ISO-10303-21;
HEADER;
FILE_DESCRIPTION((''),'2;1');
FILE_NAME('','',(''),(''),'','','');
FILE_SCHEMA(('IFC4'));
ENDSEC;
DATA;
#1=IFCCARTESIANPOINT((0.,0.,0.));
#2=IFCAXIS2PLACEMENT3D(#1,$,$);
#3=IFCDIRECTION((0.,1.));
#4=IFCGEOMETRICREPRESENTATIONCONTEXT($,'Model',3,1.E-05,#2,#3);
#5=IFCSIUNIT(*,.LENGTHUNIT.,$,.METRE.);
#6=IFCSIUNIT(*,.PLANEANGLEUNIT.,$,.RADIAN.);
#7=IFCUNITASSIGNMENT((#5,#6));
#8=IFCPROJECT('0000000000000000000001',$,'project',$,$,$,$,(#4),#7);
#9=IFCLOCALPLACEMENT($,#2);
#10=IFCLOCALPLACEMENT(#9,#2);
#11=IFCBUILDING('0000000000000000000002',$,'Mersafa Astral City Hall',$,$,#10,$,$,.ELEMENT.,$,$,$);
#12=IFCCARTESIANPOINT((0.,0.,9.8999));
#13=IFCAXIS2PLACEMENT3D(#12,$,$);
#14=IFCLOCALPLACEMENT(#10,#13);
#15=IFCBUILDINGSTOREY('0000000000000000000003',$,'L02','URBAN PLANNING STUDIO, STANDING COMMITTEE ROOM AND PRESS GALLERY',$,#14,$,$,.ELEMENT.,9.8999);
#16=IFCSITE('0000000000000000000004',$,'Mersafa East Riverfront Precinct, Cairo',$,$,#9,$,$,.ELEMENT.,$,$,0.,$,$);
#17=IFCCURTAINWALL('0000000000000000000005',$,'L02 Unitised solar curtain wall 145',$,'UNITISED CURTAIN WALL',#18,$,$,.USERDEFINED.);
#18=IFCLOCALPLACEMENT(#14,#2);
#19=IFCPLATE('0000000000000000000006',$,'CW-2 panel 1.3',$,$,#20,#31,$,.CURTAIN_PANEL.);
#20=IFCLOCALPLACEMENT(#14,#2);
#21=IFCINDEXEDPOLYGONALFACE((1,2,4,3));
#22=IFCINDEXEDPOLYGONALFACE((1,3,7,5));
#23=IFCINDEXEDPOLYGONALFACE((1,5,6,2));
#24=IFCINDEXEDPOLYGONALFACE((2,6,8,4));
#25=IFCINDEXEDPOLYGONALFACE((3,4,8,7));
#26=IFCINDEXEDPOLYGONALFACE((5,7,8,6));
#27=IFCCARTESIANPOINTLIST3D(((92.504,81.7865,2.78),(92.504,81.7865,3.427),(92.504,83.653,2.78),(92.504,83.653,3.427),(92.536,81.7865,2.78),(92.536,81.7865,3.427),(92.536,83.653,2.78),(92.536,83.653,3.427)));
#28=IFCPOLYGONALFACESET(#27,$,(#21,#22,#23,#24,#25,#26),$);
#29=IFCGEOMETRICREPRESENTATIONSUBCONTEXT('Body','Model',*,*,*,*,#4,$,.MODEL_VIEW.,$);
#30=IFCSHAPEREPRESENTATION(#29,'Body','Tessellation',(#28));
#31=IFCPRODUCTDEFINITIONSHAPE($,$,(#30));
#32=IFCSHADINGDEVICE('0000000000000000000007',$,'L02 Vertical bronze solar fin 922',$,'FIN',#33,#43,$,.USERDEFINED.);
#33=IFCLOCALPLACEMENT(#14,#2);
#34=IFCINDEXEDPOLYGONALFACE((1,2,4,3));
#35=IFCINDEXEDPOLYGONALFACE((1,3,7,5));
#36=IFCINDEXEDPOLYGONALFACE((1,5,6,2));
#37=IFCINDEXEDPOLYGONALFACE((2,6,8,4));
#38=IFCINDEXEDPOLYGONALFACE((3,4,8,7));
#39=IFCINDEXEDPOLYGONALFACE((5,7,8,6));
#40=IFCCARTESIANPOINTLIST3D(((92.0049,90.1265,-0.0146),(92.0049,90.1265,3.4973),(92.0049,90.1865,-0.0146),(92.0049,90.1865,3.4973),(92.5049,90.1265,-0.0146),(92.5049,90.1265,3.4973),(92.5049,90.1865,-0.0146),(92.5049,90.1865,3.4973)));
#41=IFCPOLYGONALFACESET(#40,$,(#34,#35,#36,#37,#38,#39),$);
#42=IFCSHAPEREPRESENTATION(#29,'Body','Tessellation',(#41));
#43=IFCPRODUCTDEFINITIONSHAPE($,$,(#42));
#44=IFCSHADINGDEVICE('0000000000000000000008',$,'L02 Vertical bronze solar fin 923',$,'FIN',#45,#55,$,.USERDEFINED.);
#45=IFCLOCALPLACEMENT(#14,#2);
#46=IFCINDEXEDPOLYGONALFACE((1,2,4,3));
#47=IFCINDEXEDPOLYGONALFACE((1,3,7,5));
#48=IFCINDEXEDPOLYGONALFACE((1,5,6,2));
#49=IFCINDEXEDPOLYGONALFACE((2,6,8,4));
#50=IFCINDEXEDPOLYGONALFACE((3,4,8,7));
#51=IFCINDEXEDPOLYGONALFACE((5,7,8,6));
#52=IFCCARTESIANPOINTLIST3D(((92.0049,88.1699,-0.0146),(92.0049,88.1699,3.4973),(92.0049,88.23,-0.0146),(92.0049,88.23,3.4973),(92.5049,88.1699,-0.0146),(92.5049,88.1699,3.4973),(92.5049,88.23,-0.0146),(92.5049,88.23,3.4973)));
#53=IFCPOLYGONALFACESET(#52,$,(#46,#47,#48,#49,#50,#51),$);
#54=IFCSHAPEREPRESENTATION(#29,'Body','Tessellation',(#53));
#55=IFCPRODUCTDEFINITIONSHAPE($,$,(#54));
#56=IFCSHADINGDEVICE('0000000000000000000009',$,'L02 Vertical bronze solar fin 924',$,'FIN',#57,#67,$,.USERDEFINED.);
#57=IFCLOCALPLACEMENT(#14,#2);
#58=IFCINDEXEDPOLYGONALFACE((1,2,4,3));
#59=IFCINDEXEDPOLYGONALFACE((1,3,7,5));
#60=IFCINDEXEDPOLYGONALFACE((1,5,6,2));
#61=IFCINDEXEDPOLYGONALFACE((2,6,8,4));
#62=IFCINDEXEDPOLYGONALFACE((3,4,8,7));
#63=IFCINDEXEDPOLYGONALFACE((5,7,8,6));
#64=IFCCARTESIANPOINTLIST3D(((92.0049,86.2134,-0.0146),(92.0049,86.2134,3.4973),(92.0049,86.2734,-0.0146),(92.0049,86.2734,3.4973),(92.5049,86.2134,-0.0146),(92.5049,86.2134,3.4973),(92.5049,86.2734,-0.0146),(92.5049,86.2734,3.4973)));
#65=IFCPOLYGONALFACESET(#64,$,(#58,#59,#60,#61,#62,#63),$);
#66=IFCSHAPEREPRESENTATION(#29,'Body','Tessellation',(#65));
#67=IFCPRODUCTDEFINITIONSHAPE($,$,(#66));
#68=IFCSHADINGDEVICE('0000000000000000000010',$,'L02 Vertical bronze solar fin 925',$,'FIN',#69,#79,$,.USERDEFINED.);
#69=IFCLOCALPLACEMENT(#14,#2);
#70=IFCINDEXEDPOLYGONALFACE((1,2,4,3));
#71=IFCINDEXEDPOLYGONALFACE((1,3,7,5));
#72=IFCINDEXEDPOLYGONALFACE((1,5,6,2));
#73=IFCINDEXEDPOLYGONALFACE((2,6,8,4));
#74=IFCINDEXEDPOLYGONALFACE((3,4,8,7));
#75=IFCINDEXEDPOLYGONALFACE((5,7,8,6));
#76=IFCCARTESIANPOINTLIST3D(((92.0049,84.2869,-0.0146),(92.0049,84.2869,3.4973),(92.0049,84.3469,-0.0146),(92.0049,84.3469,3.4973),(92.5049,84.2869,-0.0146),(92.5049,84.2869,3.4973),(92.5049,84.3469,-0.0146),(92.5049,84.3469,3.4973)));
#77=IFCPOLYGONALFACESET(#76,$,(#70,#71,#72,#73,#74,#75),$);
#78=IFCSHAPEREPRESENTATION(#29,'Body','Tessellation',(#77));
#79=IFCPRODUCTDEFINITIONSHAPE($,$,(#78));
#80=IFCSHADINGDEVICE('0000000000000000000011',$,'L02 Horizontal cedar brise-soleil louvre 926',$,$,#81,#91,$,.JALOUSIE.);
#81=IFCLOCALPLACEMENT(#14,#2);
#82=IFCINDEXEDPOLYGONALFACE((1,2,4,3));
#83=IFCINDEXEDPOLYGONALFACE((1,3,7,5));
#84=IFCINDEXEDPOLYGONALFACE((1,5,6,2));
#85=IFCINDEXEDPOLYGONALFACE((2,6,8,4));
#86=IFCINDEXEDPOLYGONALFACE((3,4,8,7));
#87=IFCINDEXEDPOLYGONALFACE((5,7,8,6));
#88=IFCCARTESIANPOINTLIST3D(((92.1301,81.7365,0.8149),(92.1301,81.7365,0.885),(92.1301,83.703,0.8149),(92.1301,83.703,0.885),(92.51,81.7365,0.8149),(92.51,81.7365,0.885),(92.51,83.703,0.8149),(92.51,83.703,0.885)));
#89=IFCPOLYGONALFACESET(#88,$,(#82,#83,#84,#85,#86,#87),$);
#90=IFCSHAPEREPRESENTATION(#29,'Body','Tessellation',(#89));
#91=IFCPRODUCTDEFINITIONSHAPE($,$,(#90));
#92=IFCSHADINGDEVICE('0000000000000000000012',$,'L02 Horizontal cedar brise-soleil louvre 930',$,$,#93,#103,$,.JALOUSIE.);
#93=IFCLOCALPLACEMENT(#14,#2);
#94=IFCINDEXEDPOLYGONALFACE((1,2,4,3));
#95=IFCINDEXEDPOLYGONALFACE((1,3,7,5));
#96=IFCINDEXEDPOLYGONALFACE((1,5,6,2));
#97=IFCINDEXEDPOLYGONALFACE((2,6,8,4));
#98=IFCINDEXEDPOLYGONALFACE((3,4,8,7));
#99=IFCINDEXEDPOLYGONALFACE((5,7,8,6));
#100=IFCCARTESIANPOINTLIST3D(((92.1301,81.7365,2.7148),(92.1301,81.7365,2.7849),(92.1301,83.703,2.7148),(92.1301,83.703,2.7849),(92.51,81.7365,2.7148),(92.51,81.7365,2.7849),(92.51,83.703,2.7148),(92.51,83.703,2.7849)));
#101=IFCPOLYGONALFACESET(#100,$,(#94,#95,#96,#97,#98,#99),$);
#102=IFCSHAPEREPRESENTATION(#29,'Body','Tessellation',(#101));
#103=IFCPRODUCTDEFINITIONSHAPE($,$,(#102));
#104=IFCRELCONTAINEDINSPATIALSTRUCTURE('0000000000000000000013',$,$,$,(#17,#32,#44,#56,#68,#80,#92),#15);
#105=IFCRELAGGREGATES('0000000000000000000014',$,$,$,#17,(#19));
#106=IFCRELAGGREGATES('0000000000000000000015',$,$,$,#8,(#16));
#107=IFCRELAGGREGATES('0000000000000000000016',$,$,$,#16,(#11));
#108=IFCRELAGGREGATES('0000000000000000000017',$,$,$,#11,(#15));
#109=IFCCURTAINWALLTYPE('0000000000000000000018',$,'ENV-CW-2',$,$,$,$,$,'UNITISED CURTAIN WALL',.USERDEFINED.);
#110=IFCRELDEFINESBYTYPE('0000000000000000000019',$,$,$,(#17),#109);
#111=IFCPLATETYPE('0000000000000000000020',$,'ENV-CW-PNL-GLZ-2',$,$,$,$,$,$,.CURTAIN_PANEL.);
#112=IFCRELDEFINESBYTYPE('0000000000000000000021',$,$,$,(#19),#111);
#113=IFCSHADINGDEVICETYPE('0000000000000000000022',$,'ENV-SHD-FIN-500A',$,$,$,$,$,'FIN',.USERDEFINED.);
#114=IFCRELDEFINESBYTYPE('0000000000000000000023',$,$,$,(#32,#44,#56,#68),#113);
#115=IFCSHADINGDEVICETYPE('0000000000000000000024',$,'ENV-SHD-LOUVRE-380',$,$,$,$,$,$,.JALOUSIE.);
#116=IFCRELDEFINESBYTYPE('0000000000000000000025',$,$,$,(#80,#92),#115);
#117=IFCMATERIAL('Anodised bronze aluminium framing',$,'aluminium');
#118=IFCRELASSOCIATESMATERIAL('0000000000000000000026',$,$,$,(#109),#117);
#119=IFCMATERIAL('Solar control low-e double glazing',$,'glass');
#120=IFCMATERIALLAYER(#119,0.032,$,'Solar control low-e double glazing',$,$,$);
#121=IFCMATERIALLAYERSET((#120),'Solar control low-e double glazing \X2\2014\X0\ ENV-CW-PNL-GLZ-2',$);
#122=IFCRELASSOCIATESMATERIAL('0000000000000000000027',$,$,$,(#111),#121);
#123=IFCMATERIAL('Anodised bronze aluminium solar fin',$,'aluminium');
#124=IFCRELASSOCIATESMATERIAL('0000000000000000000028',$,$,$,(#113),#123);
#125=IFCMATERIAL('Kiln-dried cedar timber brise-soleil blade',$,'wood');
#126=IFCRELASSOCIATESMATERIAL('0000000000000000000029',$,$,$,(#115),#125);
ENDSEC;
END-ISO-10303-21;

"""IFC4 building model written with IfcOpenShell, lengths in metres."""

from ifc_helpers import new_model, si_unit, direction, frame, origin, origin_2d, place, context, subcontext, project, spatial, rectangle, extrude, material, layer, layer_set, type_object, element, aggregate, save


model = new_model("IFC4")

# Units and contexts
model_context = context("Model", 3, precision=1e-05, world=origin(), true_north=direction((0.0, 1.0)))
body_context = subcontext(model_context, "Body", "Model", "MODEL_VIEW")
ifc_project = project(units=[si_unit("LENGTHUNIT", "METRE"), si_unit("PLANEANGLEUNIT", "RADIAN")], contexts=[model_context])

# Site, building, storey
site_placement = place(None, origin())
site = spatial("IfcSite", under=ifc_project, at=site_placement, Name="Mersafa East Riverfront Precinct, Cairo", CompositionType="ELEMENT", RefElevation=0.0)
building_placement = place(site_placement, origin())
building = spatial("IfcBuilding", under=site, at=building_placement, Name="Mersafa Astral City Hall", CompositionType="ELEMENT")
storey_placement = place(building_placement, frame((0.0, 0.0, 9.8999)))
storey = spatial("IfcBuildingStorey", under=building, at=storey_placement, Name="L02", Description="URBAN PLANNING STUDIO, STANDING COMMITTEE ROOM AND PRESS GALLERY", CompositionType="ELEMENT", Elevation=9.8999)

# Shared definitions
ifc_material_1 = material(Name="Anodised bronze aluminium framing", Category="aluminium")

# Curtain wall
curtain_wall_type_1 = type_object("IfcCurtainWallType", Name="ENV-CW-2", ElementType="UNITISED CURTAIN WALL", PredefinedType="USERDEFINED", material=ifc_material_1)
curtain_wall_1_placement = place(storey_placement, origin())
curtain_wall_1 = element("IfcCurtainWall", 1, at=curtain_wall_1_placement, inside=storey, type_object=curtain_wall_type_1, Name="L02 Unitised solar curtain wall 145", ObjectType="UNITISED CURTAIN WALL", PredefinedType="USERDEFINED")

# Plate
ifc_material_2 = material(Name="Solar control low-e double glazing", Category="glass")
ifc_layer_1 = layer(ifc_material_2, 0.032, Name="Solar control low-e double glazing")
ifc_layer_set_1 = layer_set([ifc_layer_1], Name="Solar control low-e double glazing — ENV-CW-PNL-GLZ-2")
plate_type_1 = type_object("IfcPlateType", Name="ENV-CW-PNL-GLZ-2", PredefinedType="CURTAIN_PANEL", material=ifc_layer_set_1)
plate_1_placement = place(storey_placement, frame((92.52, 82.7197, 2.78), z_axis=(0.0, 0.0, 1.0), x_axis=(0.0, -1.0, 0.0)))
plate_1 = element("IfcPlate", 2, at=plate_1_placement, type_object=plate_type_1, Name="CW-2 panel 1.3", PredefinedType="CURTAIN_PANEL", context=body_context, shape_type="SweptSolid", body=[
    extrude(rectangle(XDim=1.8665, YDim=0.032, at=origin_2d()), origin(), (0.0, 0.0, 1.0), 0.647),
])
aggregate(curtain_wall_1, [plate_1])

# Shading devices
ifc_material_3 = material(Name="Anodised bronze aluminium solar fin", Category="aluminium")
shading_device_type_1 = type_object("IfcShadingDeviceType", Name="ENV-SHD-FIN-500A", ElementType="FIN", PredefinedType="USERDEFINED", material=ifc_material_3)
for number, where, z_axis, x_axis, name in (
    (3, (92.2549, 90.1565, -0.0146), (0.0, 0.0, 1.0), (0.0, -1.0, 0.0), "L02 Vertical bronze solar fin 922"),
    (4, (92.2549, 88.2, -0.0146), (0.0, 0.0, 1.0), (0.0, -1.0, 0.0), "L02 Vertical bronze solar fin 923"),
    (5, (92.2549, 86.2434, -0.0146), (0.0, 0.0, 1.0), (0.0, -1.0, 0.0), "L02 Vertical bronze solar fin 924"),
    (6, (92.2549, 84.3169, -0.0146), (0.0, 0.0, 1.0), (0.0, -1.0, 0.0), "L02 Vertical bronze solar fin 925"),
):
    element("IfcShadingDevice", number, at=place(storey_placement, frame(where, z_axis=z_axis, x_axis=x_axis)), inside=storey, type_object=shading_device_type_1, Name=name, ObjectType="FIN", PredefinedType="USERDEFINED", context=body_context, shape_type="SweptSolid", body=[
        extrude(rectangle(XDim=0.0601, YDim=0.5, at=origin_2d()), origin(), (0.0, 0.0, 1.0), 3.512),
    ])
ifc_material_4 = material(Name="Kiln-dried cedar timber brise-soleil blade", Category="wood")
shading_device_type_2 = type_object("IfcShadingDeviceType", Name="ENV-SHD-LOUVRE-380", PredefinedType="JALOUSIE", material=ifc_material_4)
for number, where, z_axis, x_axis, name in (
    (7, (92.3201, 82.7197, 0.8149), (0.0, 0.0, 1.0), (0.0, -1.0, 0.0), "L02 Horizontal cedar brise-soleil louvre 926"),
    (8, (92.3201, 82.7197, 2.7148), (0.0, 0.0, 1.0), (0.0, -1.0, 0.0), "L02 Horizontal cedar brise-soleil louvre 930"),
):
    element("IfcShadingDevice", number, at=place(storey_placement, frame(where, z_axis=z_axis, x_axis=x_axis)), inside=storey, type_object=shading_device_type_2, Name=name, PredefinedType="JALOUSIE", context=body_context, shape_type="SweptSolid", body=[
        extrude(rectangle(XDim=1.9666, YDim=0.3799, at=origin_2d()), origin(), (0.0, 0.0, 1.0), 0.0701),
    ])

save(model, "model.ifc")
